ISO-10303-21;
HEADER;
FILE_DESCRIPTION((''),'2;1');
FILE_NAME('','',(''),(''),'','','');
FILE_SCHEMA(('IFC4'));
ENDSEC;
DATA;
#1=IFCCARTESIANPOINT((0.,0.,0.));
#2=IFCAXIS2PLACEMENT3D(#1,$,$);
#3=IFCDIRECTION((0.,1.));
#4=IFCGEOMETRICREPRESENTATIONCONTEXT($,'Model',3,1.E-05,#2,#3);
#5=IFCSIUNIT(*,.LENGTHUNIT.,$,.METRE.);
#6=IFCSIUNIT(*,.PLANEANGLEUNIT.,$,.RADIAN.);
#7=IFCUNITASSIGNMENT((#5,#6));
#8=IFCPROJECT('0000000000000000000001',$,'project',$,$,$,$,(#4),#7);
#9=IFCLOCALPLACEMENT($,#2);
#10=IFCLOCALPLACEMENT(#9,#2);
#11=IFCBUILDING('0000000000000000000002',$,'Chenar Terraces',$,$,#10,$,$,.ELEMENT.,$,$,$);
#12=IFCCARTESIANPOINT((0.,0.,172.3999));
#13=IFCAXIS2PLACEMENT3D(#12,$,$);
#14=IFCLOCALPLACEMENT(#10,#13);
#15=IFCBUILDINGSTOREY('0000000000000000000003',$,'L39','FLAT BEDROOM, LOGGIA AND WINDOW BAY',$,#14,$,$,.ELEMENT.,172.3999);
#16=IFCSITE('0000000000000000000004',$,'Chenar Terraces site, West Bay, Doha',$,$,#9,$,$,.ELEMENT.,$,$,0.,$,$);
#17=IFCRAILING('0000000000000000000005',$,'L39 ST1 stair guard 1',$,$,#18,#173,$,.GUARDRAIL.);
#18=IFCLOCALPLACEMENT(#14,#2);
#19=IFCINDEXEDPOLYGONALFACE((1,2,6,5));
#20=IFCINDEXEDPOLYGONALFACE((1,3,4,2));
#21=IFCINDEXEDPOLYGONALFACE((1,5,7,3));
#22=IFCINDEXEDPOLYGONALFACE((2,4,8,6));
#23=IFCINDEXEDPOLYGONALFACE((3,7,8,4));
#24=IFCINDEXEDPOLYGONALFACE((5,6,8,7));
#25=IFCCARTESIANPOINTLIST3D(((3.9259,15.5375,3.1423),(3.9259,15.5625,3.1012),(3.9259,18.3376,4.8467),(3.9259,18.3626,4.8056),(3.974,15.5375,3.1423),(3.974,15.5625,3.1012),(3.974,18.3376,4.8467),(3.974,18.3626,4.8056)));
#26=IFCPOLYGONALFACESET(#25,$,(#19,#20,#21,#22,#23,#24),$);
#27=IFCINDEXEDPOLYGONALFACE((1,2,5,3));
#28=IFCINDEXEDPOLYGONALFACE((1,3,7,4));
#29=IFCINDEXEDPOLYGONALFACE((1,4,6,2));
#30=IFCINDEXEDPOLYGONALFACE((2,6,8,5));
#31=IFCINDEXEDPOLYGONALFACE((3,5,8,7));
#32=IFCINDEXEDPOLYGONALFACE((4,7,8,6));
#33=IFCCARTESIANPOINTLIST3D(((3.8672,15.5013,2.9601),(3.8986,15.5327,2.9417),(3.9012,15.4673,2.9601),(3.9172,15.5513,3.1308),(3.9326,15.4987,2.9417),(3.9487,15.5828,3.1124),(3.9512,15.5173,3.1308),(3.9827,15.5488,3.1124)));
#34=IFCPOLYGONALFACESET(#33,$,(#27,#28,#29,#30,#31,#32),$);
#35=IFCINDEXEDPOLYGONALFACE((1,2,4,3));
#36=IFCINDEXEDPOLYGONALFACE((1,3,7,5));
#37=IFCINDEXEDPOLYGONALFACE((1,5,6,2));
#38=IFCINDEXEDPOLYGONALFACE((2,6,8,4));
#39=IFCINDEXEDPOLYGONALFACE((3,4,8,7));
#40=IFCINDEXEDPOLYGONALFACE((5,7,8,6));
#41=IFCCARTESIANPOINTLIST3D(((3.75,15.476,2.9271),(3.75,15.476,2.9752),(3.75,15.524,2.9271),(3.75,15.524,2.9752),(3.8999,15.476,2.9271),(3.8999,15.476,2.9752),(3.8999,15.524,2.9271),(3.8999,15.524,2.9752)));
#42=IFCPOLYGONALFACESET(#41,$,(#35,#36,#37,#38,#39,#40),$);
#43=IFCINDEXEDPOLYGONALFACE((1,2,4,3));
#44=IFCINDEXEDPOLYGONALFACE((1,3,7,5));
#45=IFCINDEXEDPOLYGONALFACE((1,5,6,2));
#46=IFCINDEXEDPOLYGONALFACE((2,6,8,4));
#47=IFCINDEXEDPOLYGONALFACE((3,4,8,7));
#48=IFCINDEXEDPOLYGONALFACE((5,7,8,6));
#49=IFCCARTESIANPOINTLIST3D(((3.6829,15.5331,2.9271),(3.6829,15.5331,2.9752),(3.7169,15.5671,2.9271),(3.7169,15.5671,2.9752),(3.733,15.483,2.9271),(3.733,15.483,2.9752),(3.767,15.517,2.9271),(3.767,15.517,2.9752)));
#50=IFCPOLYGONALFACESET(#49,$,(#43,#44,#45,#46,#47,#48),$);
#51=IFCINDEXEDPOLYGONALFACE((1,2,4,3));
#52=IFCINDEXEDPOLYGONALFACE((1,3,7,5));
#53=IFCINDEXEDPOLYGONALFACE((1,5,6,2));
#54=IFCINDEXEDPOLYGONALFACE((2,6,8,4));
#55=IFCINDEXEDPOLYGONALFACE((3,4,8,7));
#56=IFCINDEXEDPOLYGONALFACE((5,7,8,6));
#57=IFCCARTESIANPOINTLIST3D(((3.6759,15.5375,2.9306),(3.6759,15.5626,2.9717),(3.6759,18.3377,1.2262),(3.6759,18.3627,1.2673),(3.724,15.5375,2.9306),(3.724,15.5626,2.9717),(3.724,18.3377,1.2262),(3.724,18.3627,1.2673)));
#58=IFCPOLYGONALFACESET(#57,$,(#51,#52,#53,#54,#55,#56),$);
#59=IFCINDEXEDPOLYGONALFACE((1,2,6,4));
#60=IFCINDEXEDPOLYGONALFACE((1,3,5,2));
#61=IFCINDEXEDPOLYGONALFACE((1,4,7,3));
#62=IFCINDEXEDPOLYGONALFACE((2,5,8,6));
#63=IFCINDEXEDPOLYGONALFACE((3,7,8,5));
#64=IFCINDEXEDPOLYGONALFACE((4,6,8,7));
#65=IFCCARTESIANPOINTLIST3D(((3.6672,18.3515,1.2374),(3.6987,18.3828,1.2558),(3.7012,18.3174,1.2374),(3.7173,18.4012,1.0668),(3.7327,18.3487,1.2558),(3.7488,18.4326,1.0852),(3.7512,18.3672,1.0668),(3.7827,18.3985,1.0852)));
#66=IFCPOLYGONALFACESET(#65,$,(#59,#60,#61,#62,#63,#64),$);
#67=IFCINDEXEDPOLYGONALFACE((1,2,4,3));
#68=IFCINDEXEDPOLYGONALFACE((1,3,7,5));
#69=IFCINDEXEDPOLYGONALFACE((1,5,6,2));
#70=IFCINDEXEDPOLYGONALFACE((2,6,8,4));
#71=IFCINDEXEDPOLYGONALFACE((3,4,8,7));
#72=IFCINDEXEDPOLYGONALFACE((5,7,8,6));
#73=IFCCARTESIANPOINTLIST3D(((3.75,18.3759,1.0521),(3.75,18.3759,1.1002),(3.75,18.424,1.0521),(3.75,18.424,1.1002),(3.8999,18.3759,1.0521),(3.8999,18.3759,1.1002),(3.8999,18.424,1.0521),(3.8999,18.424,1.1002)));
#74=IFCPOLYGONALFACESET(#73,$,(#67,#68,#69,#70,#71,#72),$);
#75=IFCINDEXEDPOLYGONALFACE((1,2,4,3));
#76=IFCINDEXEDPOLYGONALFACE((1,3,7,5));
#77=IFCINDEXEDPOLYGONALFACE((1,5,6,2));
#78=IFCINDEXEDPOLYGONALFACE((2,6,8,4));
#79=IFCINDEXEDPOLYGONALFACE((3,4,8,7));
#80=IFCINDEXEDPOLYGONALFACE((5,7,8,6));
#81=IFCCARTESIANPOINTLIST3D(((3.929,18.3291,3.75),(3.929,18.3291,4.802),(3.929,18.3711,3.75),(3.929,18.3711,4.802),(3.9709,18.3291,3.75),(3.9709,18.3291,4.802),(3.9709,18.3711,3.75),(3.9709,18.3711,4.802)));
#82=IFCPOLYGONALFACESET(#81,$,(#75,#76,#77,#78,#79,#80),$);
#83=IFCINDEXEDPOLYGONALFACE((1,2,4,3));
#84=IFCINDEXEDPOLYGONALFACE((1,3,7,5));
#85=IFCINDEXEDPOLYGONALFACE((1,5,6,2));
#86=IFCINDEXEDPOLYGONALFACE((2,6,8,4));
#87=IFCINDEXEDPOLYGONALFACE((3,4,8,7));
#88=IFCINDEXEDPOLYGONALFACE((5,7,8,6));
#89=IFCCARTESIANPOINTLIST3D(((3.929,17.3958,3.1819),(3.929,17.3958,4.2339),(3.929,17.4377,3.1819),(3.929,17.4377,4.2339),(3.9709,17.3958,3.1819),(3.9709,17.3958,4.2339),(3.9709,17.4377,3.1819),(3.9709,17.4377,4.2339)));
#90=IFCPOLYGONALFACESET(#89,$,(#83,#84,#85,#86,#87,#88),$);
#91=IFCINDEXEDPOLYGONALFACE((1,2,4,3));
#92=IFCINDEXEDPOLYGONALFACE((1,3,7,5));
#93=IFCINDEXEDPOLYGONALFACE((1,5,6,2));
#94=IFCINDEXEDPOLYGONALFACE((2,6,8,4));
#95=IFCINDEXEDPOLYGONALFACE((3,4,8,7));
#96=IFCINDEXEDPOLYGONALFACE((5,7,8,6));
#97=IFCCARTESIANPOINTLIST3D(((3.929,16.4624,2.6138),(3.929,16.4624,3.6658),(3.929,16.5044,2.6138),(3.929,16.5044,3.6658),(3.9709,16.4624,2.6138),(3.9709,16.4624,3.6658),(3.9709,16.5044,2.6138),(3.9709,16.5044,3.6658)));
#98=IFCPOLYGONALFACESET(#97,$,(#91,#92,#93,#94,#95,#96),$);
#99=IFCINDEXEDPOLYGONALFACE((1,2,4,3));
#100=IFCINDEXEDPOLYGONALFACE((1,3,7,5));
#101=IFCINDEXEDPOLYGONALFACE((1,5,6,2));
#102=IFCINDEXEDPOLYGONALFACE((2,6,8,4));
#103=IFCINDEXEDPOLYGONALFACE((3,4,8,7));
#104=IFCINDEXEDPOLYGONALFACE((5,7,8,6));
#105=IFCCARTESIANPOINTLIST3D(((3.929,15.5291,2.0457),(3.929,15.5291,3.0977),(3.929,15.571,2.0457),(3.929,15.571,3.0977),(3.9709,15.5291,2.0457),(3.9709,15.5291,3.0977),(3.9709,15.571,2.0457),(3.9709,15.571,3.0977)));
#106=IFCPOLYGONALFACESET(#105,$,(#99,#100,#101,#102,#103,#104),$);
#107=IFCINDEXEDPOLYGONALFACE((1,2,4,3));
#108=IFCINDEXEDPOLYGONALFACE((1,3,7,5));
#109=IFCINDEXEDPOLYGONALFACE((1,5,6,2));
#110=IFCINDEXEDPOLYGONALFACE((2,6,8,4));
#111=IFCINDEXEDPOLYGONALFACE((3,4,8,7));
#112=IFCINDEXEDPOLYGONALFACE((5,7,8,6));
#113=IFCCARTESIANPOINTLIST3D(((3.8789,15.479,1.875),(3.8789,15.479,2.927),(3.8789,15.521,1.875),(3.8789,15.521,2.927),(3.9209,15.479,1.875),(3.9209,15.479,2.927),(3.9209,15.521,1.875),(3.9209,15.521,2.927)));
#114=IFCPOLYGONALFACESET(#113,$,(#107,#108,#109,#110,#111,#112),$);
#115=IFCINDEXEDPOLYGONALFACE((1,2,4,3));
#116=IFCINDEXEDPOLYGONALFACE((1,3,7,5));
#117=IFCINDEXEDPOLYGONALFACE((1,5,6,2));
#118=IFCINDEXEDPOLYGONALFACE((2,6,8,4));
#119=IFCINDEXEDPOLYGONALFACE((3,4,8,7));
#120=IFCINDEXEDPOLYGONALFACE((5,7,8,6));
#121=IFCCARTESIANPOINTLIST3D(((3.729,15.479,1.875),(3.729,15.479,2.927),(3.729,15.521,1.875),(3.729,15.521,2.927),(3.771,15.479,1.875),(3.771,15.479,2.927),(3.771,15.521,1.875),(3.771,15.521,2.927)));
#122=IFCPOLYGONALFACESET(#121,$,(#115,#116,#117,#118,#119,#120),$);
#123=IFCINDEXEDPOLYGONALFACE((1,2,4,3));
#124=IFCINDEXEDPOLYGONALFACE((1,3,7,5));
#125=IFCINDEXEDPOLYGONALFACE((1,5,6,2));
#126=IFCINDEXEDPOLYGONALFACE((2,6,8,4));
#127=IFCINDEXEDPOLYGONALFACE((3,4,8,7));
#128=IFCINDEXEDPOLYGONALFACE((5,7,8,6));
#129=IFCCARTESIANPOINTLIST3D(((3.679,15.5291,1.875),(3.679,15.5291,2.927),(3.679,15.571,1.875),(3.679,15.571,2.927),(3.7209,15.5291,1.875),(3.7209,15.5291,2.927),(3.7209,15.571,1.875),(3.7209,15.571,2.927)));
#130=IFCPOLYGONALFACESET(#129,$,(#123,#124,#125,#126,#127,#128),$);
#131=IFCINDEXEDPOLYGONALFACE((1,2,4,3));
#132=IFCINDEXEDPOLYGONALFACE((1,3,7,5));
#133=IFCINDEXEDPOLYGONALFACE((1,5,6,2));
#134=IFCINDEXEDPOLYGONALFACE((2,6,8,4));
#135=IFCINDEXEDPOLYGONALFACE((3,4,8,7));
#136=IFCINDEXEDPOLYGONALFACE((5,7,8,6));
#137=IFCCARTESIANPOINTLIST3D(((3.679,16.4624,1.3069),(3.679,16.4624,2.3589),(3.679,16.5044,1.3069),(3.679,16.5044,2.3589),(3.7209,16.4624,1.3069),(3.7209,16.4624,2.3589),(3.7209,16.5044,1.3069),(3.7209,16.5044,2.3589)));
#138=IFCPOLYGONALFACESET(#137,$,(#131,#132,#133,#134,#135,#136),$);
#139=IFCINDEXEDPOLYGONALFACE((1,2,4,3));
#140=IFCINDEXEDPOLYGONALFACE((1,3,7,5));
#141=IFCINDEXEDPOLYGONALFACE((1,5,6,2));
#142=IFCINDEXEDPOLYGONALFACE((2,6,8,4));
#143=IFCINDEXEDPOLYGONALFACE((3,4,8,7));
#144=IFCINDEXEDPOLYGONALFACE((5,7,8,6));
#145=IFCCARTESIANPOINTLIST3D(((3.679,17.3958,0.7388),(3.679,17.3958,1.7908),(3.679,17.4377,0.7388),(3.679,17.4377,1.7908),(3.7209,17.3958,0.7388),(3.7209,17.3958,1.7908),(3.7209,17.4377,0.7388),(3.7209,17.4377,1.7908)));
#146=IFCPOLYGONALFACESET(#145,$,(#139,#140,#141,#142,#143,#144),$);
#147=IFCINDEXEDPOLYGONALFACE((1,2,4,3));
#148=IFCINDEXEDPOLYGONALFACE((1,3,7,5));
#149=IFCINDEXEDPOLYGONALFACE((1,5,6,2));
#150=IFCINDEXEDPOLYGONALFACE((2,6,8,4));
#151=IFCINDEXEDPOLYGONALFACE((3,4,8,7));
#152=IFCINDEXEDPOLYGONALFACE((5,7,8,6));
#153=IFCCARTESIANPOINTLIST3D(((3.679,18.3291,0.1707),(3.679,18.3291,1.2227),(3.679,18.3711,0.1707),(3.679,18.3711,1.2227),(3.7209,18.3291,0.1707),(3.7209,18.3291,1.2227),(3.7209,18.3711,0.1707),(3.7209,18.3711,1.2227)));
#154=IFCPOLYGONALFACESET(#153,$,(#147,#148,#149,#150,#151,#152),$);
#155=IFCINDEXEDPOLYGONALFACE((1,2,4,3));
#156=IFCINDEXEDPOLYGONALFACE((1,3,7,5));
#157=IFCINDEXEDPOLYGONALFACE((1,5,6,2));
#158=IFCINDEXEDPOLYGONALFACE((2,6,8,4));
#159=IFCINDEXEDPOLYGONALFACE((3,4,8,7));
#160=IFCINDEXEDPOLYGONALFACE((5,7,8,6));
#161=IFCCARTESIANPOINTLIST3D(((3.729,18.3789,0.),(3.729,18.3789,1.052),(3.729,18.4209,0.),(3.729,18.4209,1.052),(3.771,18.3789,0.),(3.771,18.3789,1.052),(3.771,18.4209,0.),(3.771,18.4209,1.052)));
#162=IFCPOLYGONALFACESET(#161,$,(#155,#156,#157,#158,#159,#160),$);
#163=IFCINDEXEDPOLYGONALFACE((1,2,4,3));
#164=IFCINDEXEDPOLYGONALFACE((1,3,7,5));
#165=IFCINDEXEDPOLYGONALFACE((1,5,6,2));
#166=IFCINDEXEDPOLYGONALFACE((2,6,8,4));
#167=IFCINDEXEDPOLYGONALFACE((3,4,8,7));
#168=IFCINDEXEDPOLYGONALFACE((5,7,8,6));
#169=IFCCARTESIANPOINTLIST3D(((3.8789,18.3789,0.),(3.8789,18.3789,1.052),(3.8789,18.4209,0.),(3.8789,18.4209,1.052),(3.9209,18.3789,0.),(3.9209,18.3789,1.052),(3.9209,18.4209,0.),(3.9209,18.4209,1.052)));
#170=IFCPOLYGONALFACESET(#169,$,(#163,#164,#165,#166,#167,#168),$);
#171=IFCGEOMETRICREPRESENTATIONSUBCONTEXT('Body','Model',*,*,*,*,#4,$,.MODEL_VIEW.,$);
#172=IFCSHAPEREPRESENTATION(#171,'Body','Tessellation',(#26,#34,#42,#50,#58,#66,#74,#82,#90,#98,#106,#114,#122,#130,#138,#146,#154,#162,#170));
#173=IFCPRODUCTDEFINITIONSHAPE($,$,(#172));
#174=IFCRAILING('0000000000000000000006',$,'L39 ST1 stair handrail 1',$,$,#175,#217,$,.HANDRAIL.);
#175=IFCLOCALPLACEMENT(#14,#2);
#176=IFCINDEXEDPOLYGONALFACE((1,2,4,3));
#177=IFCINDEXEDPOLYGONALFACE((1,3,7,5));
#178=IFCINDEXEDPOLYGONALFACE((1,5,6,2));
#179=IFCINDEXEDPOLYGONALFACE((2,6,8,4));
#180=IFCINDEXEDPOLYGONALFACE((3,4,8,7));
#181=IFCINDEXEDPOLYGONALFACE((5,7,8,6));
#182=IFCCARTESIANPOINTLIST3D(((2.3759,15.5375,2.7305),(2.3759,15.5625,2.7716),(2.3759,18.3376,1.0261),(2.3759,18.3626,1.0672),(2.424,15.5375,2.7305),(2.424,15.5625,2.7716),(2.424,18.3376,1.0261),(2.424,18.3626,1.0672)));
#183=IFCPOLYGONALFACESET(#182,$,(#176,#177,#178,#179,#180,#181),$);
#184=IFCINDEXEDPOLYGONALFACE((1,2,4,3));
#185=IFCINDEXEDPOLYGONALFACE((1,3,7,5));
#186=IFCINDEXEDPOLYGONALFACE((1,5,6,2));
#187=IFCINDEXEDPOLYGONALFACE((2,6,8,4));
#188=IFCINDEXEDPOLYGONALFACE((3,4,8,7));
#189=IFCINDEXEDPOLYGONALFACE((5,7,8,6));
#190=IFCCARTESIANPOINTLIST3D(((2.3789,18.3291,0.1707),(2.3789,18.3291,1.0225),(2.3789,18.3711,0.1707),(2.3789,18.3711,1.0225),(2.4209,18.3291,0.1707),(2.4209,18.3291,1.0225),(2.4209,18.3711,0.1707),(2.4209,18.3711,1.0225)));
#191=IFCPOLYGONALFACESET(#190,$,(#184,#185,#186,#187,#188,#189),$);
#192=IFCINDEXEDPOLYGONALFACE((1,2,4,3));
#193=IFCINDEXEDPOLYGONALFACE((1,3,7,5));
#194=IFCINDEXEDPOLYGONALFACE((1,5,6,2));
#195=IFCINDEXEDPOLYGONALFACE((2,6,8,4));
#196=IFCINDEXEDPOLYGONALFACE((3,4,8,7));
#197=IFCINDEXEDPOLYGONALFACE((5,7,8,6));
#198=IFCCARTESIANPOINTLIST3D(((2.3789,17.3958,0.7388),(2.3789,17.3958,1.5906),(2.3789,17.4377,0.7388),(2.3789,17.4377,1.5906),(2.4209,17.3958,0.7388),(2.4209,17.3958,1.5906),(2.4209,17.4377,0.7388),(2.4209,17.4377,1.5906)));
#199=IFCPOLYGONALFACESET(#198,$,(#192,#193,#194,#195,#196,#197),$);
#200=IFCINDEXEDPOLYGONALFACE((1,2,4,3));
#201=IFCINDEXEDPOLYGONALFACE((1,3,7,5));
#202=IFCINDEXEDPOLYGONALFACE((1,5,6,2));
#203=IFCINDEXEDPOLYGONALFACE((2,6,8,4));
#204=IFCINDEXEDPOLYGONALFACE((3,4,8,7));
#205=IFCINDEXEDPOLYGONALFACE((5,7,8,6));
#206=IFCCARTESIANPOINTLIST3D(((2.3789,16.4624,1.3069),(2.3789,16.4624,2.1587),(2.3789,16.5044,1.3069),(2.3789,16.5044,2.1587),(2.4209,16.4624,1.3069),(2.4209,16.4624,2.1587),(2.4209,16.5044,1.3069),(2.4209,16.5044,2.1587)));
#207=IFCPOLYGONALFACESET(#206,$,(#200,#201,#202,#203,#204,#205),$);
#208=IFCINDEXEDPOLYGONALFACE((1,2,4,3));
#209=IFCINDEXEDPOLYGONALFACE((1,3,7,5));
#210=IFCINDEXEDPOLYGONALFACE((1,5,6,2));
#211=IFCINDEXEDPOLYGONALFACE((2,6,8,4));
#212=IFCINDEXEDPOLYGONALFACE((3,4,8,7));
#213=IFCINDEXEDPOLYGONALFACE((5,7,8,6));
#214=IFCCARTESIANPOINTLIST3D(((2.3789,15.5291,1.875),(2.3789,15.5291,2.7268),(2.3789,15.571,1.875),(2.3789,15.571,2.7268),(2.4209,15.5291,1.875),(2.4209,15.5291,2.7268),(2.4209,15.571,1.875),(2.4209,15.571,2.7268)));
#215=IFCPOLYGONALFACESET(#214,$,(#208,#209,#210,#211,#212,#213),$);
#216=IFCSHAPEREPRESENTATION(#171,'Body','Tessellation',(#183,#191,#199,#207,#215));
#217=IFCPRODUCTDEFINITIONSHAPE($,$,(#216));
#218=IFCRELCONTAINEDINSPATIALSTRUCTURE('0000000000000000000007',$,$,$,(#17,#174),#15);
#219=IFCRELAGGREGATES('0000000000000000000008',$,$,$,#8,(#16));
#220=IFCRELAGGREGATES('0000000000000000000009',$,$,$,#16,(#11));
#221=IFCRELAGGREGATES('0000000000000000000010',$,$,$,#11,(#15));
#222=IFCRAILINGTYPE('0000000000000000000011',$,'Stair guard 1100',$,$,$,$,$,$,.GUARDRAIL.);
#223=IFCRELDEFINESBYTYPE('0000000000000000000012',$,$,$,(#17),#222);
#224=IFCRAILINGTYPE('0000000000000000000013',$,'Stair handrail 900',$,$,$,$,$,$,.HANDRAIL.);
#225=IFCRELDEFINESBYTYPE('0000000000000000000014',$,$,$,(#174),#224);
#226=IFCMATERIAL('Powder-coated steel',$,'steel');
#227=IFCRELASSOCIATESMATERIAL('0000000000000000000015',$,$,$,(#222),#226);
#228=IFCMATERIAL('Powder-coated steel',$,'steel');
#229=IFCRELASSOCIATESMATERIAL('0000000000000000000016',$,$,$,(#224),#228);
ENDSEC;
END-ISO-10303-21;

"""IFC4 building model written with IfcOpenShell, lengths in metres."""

from ifc_helpers import new_model, si_unit, direction, frame, origin, origin_2d, place, context, subcontext, project, spatial, rectangle, extrude, material, type_object, element, save


model = new_model("IFC4")

# Units and contexts
model_context = context("Model", 3, precision=1e-05, world=origin(), true_north=direction((0.0, 1.0)))
body_context = subcontext(model_context, "Body", "Model", "MODEL_VIEW")
ifc_project = project(units=[si_unit("LENGTHUNIT", "METRE"), si_unit("PLANEANGLEUNIT", "RADIAN")], contexts=[model_context])

# Site, building, storey
site_placement = place(None, origin())
site = spatial("IfcSite", under=ifc_project, at=site_placement, Name="Chenar Terraces site, West Bay, Doha", CompositionType="ELEMENT", RefElevation=0.0)
building_placement = place(site_placement, origin())
building = spatial("IfcBuilding", under=site, at=building_placement, Name="Chenar Terraces", CompositionType="ELEMENT")
storey_placement = place(building_placement, frame((0.0, 0.0, 172.3999)))
storey = spatial("IfcBuildingStorey", under=building, at=storey_placement, Name="L39", Description="FLAT BEDROOM, LOGGIA AND WINDOW BAY", CompositionType="ELEMENT", Elevation=172.3999)

# Railings
ifc_material_1 = material(Name="Powder-coated steel", Category="steel")
railing_type_1 = type_object("IfcRailingType", Name="Stair guard 1100", PredefinedType="GUARDRAIL", material=ifc_material_1)
railing_1_placement = place(storey_placement, frame((3.95, 18.3501, 3.75)))
element("IfcRailing", 1, at=railing_1_placement, inside=storey, type_object=railing_type_1, Name="L39 ST1 stair guard 1", PredefinedType="GUARDRAIL", context=body_context, shape_type="SweptSolid", body=[
    extrude(rectangle(XDim=0.0481, YDim=0.0481, at=origin_2d()), frame((0.0, 0.0, 1.0762), z_axis=(0.0, -0.854203, -0.51994), x_axis=(1.0, 0.0, 0.0)), (0.0, 0.0, 1.0), 3.2781),
    extrude(rectangle(XDim=0.0481, YDim=0.0481, at=origin_2d()), frame((0.0, -2.8, -0.6284), z_axis=(-0.2709, -0.2709, -0.923703), x_axis=(0.707107, -0.707107, 0.0)), (0.0, 0.0, 1.0), 0.1848),
    extrude(rectangle(XDim=0.0481, YDim=0.0481, at=origin_2d()), frame((-0.05, -2.8501, -0.7988), z_axis=(-1.0, 0.0, 0.0), x_axis=(0.0, -1.0, 0.0)), (0.0, 0.0, 1.0), 0.1499),
    extrude(rectangle(XDim=0.0481, YDim=0.0481, at=origin_2d()), frame((-0.2, -2.8501, -0.7988), z_axis=(-0.707107, 0.707107, 0.0), x_axis=(-0.707107, -0.707107, 0.0)), (0.0, 0.0, 1.0), 0.0708),
    extrude(rectangle(XDim=0.0481, YDim=0.0481, at=origin_2d()), frame((-0.25, -2.8, -0.7988), z_axis=(0.0, 0.854203, -0.51994), x_axis=(-1.0, 0.0, 0.0)), (0.0, 0.0, 1.0), 3.2781),
    extrude(rectangle(XDim=0.0481, YDim=0.0481, at=origin_2d()), frame((-0.25, 0.0, -2.5034), z_axis=(0.270997, 0.269675, -0.924033), x_axis=(-0.705376, 0.708834, 0.0)), (0.0, 0.0, 1.0), 0.1846),
    extrude(rectangle(XDim=0.0481, YDim=0.0481, at=origin_2d()), frame((-0.2, 0.0498, -2.6738), z_axis=(1.0, 0.0, 0.0), x_axis=(0.0, 1.0, 0.0)), (0.0, 0.0, 1.0), 0.1499),
    extrude(rectangle(XDim=0.042, YDim=0.042, at=origin_2d()), origin(), (0.0, 0.0, 1.0), 1.052),
    extrude(rectangle(XDim=0.042, YDim=0.042, at=origin_2d()), frame((0.0, -0.9333, -0.5681)), (0.0, 0.0, 1.0), 1.052),
    extrude(rectangle(XDim=0.042, YDim=0.042, at=origin_2d()), frame((0.0, -1.8667, -1.1362)), (0.0, 0.0, 1.0), 1.052),
    extrude(rectangle(XDim=0.042, YDim=0.042, at=origin_2d()), frame((0.0, -2.8, -1.7043)), (0.0, 0.0, 1.0), 1.052),
    extrude(rectangle(XDim=0.042, YDim=0.042, at=origin_2d()), frame((-0.05, -2.8501, -1.875)), (0.0, 0.0, 1.0), 1.052),
    extrude(rectangle(XDim=0.042, YDim=0.042, at=origin_2d()), frame((-0.2, -2.8501, -1.875)), (0.0, 0.0, 1.0), 1.052),
    extrude(rectangle(XDim=0.042, YDim=0.042, at=origin_2d()), frame((-0.25, -2.8, -1.875)), (0.0, 0.0, 1.0), 1.052),
    extrude(rectangle(XDim=0.042, YDim=0.042, at=origin_2d()), frame((-0.25, -1.8667, -2.4431)), (0.0, 0.0, 1.0), 1.052),
    extrude(rectangle(XDim=0.042, YDim=0.042, at=origin_2d()), frame((-0.25, -0.9333, -3.0112)), (0.0, 0.0, 1.0), 1.052),
    extrude(rectangle(XDim=0.042, YDim=0.042, at=origin_2d()), frame((-0.25, 0.0, -3.5793)), (0.0, 0.0, 1.0), 1.052),
    extrude(rectangle(XDim=0.042, YDim=0.042, at=origin_2d()), frame((-0.2, 0.0498, -3.75)), (0.0, 0.0, 1.0), 1.052),
    extrude(rectangle(XDim=0.042, YDim=0.042, at=origin_2d()), frame((-0.05, 0.0498, -3.75)), (0.0, 0.0, 1.0), 1.052),
])
ifc_material_2 = material(Name="Powder-coated steel", Category="steel")
railing_type_2 = type_object("IfcRailingType", Name="Stair handrail 900", PredefinedType="HANDRAIL", material=ifc_material_2)
railing_2_placement = place(storey_placement, frame((2.3999, 18.3501, 0.1707)))
element("IfcRailing", 2, at=railing_2_placement, inside=storey, type_object=railing_type_2, Name="L39 ST1 stair handrail 1", PredefinedType="HANDRAIL", context=body_context, shape_type="SweptSolid", body=[
    extrude(rectangle(XDim=0.0481, YDim=0.0481, at=origin_2d()), frame((0.0, 0.0, 0.876), z_axis=(0.0, -0.854203, 0.51994), x_axis=(1.0, 0.0, 0.0)), (0.0, 0.0, 1.0), 3.2781),
    extrude(rectangle(XDim=0.042, YDim=0.042, at=origin_2d()), origin(), (0.0, 0.0, 1.0), 0.8518),
    extrude(rectangle(XDim=0.042, YDim=0.042, at=origin_2d()), frame((0.0, -0.9333, 0.5681)), (0.0, 0.0, 1.0), 0.8518),
    extrude(rectangle(XDim=0.042, YDim=0.042, at=origin_2d()), frame((0.0, -1.8667, 1.1362)), (0.0, 0.0, 1.0), 0.8518),
    extrude(rectangle(XDim=0.042, YDim=0.042, at=origin_2d()), frame((0.0, -2.8, 1.7043)), (0.0, 0.0, 1.0), 0.8518),
])

save(model, "model.ifc")
